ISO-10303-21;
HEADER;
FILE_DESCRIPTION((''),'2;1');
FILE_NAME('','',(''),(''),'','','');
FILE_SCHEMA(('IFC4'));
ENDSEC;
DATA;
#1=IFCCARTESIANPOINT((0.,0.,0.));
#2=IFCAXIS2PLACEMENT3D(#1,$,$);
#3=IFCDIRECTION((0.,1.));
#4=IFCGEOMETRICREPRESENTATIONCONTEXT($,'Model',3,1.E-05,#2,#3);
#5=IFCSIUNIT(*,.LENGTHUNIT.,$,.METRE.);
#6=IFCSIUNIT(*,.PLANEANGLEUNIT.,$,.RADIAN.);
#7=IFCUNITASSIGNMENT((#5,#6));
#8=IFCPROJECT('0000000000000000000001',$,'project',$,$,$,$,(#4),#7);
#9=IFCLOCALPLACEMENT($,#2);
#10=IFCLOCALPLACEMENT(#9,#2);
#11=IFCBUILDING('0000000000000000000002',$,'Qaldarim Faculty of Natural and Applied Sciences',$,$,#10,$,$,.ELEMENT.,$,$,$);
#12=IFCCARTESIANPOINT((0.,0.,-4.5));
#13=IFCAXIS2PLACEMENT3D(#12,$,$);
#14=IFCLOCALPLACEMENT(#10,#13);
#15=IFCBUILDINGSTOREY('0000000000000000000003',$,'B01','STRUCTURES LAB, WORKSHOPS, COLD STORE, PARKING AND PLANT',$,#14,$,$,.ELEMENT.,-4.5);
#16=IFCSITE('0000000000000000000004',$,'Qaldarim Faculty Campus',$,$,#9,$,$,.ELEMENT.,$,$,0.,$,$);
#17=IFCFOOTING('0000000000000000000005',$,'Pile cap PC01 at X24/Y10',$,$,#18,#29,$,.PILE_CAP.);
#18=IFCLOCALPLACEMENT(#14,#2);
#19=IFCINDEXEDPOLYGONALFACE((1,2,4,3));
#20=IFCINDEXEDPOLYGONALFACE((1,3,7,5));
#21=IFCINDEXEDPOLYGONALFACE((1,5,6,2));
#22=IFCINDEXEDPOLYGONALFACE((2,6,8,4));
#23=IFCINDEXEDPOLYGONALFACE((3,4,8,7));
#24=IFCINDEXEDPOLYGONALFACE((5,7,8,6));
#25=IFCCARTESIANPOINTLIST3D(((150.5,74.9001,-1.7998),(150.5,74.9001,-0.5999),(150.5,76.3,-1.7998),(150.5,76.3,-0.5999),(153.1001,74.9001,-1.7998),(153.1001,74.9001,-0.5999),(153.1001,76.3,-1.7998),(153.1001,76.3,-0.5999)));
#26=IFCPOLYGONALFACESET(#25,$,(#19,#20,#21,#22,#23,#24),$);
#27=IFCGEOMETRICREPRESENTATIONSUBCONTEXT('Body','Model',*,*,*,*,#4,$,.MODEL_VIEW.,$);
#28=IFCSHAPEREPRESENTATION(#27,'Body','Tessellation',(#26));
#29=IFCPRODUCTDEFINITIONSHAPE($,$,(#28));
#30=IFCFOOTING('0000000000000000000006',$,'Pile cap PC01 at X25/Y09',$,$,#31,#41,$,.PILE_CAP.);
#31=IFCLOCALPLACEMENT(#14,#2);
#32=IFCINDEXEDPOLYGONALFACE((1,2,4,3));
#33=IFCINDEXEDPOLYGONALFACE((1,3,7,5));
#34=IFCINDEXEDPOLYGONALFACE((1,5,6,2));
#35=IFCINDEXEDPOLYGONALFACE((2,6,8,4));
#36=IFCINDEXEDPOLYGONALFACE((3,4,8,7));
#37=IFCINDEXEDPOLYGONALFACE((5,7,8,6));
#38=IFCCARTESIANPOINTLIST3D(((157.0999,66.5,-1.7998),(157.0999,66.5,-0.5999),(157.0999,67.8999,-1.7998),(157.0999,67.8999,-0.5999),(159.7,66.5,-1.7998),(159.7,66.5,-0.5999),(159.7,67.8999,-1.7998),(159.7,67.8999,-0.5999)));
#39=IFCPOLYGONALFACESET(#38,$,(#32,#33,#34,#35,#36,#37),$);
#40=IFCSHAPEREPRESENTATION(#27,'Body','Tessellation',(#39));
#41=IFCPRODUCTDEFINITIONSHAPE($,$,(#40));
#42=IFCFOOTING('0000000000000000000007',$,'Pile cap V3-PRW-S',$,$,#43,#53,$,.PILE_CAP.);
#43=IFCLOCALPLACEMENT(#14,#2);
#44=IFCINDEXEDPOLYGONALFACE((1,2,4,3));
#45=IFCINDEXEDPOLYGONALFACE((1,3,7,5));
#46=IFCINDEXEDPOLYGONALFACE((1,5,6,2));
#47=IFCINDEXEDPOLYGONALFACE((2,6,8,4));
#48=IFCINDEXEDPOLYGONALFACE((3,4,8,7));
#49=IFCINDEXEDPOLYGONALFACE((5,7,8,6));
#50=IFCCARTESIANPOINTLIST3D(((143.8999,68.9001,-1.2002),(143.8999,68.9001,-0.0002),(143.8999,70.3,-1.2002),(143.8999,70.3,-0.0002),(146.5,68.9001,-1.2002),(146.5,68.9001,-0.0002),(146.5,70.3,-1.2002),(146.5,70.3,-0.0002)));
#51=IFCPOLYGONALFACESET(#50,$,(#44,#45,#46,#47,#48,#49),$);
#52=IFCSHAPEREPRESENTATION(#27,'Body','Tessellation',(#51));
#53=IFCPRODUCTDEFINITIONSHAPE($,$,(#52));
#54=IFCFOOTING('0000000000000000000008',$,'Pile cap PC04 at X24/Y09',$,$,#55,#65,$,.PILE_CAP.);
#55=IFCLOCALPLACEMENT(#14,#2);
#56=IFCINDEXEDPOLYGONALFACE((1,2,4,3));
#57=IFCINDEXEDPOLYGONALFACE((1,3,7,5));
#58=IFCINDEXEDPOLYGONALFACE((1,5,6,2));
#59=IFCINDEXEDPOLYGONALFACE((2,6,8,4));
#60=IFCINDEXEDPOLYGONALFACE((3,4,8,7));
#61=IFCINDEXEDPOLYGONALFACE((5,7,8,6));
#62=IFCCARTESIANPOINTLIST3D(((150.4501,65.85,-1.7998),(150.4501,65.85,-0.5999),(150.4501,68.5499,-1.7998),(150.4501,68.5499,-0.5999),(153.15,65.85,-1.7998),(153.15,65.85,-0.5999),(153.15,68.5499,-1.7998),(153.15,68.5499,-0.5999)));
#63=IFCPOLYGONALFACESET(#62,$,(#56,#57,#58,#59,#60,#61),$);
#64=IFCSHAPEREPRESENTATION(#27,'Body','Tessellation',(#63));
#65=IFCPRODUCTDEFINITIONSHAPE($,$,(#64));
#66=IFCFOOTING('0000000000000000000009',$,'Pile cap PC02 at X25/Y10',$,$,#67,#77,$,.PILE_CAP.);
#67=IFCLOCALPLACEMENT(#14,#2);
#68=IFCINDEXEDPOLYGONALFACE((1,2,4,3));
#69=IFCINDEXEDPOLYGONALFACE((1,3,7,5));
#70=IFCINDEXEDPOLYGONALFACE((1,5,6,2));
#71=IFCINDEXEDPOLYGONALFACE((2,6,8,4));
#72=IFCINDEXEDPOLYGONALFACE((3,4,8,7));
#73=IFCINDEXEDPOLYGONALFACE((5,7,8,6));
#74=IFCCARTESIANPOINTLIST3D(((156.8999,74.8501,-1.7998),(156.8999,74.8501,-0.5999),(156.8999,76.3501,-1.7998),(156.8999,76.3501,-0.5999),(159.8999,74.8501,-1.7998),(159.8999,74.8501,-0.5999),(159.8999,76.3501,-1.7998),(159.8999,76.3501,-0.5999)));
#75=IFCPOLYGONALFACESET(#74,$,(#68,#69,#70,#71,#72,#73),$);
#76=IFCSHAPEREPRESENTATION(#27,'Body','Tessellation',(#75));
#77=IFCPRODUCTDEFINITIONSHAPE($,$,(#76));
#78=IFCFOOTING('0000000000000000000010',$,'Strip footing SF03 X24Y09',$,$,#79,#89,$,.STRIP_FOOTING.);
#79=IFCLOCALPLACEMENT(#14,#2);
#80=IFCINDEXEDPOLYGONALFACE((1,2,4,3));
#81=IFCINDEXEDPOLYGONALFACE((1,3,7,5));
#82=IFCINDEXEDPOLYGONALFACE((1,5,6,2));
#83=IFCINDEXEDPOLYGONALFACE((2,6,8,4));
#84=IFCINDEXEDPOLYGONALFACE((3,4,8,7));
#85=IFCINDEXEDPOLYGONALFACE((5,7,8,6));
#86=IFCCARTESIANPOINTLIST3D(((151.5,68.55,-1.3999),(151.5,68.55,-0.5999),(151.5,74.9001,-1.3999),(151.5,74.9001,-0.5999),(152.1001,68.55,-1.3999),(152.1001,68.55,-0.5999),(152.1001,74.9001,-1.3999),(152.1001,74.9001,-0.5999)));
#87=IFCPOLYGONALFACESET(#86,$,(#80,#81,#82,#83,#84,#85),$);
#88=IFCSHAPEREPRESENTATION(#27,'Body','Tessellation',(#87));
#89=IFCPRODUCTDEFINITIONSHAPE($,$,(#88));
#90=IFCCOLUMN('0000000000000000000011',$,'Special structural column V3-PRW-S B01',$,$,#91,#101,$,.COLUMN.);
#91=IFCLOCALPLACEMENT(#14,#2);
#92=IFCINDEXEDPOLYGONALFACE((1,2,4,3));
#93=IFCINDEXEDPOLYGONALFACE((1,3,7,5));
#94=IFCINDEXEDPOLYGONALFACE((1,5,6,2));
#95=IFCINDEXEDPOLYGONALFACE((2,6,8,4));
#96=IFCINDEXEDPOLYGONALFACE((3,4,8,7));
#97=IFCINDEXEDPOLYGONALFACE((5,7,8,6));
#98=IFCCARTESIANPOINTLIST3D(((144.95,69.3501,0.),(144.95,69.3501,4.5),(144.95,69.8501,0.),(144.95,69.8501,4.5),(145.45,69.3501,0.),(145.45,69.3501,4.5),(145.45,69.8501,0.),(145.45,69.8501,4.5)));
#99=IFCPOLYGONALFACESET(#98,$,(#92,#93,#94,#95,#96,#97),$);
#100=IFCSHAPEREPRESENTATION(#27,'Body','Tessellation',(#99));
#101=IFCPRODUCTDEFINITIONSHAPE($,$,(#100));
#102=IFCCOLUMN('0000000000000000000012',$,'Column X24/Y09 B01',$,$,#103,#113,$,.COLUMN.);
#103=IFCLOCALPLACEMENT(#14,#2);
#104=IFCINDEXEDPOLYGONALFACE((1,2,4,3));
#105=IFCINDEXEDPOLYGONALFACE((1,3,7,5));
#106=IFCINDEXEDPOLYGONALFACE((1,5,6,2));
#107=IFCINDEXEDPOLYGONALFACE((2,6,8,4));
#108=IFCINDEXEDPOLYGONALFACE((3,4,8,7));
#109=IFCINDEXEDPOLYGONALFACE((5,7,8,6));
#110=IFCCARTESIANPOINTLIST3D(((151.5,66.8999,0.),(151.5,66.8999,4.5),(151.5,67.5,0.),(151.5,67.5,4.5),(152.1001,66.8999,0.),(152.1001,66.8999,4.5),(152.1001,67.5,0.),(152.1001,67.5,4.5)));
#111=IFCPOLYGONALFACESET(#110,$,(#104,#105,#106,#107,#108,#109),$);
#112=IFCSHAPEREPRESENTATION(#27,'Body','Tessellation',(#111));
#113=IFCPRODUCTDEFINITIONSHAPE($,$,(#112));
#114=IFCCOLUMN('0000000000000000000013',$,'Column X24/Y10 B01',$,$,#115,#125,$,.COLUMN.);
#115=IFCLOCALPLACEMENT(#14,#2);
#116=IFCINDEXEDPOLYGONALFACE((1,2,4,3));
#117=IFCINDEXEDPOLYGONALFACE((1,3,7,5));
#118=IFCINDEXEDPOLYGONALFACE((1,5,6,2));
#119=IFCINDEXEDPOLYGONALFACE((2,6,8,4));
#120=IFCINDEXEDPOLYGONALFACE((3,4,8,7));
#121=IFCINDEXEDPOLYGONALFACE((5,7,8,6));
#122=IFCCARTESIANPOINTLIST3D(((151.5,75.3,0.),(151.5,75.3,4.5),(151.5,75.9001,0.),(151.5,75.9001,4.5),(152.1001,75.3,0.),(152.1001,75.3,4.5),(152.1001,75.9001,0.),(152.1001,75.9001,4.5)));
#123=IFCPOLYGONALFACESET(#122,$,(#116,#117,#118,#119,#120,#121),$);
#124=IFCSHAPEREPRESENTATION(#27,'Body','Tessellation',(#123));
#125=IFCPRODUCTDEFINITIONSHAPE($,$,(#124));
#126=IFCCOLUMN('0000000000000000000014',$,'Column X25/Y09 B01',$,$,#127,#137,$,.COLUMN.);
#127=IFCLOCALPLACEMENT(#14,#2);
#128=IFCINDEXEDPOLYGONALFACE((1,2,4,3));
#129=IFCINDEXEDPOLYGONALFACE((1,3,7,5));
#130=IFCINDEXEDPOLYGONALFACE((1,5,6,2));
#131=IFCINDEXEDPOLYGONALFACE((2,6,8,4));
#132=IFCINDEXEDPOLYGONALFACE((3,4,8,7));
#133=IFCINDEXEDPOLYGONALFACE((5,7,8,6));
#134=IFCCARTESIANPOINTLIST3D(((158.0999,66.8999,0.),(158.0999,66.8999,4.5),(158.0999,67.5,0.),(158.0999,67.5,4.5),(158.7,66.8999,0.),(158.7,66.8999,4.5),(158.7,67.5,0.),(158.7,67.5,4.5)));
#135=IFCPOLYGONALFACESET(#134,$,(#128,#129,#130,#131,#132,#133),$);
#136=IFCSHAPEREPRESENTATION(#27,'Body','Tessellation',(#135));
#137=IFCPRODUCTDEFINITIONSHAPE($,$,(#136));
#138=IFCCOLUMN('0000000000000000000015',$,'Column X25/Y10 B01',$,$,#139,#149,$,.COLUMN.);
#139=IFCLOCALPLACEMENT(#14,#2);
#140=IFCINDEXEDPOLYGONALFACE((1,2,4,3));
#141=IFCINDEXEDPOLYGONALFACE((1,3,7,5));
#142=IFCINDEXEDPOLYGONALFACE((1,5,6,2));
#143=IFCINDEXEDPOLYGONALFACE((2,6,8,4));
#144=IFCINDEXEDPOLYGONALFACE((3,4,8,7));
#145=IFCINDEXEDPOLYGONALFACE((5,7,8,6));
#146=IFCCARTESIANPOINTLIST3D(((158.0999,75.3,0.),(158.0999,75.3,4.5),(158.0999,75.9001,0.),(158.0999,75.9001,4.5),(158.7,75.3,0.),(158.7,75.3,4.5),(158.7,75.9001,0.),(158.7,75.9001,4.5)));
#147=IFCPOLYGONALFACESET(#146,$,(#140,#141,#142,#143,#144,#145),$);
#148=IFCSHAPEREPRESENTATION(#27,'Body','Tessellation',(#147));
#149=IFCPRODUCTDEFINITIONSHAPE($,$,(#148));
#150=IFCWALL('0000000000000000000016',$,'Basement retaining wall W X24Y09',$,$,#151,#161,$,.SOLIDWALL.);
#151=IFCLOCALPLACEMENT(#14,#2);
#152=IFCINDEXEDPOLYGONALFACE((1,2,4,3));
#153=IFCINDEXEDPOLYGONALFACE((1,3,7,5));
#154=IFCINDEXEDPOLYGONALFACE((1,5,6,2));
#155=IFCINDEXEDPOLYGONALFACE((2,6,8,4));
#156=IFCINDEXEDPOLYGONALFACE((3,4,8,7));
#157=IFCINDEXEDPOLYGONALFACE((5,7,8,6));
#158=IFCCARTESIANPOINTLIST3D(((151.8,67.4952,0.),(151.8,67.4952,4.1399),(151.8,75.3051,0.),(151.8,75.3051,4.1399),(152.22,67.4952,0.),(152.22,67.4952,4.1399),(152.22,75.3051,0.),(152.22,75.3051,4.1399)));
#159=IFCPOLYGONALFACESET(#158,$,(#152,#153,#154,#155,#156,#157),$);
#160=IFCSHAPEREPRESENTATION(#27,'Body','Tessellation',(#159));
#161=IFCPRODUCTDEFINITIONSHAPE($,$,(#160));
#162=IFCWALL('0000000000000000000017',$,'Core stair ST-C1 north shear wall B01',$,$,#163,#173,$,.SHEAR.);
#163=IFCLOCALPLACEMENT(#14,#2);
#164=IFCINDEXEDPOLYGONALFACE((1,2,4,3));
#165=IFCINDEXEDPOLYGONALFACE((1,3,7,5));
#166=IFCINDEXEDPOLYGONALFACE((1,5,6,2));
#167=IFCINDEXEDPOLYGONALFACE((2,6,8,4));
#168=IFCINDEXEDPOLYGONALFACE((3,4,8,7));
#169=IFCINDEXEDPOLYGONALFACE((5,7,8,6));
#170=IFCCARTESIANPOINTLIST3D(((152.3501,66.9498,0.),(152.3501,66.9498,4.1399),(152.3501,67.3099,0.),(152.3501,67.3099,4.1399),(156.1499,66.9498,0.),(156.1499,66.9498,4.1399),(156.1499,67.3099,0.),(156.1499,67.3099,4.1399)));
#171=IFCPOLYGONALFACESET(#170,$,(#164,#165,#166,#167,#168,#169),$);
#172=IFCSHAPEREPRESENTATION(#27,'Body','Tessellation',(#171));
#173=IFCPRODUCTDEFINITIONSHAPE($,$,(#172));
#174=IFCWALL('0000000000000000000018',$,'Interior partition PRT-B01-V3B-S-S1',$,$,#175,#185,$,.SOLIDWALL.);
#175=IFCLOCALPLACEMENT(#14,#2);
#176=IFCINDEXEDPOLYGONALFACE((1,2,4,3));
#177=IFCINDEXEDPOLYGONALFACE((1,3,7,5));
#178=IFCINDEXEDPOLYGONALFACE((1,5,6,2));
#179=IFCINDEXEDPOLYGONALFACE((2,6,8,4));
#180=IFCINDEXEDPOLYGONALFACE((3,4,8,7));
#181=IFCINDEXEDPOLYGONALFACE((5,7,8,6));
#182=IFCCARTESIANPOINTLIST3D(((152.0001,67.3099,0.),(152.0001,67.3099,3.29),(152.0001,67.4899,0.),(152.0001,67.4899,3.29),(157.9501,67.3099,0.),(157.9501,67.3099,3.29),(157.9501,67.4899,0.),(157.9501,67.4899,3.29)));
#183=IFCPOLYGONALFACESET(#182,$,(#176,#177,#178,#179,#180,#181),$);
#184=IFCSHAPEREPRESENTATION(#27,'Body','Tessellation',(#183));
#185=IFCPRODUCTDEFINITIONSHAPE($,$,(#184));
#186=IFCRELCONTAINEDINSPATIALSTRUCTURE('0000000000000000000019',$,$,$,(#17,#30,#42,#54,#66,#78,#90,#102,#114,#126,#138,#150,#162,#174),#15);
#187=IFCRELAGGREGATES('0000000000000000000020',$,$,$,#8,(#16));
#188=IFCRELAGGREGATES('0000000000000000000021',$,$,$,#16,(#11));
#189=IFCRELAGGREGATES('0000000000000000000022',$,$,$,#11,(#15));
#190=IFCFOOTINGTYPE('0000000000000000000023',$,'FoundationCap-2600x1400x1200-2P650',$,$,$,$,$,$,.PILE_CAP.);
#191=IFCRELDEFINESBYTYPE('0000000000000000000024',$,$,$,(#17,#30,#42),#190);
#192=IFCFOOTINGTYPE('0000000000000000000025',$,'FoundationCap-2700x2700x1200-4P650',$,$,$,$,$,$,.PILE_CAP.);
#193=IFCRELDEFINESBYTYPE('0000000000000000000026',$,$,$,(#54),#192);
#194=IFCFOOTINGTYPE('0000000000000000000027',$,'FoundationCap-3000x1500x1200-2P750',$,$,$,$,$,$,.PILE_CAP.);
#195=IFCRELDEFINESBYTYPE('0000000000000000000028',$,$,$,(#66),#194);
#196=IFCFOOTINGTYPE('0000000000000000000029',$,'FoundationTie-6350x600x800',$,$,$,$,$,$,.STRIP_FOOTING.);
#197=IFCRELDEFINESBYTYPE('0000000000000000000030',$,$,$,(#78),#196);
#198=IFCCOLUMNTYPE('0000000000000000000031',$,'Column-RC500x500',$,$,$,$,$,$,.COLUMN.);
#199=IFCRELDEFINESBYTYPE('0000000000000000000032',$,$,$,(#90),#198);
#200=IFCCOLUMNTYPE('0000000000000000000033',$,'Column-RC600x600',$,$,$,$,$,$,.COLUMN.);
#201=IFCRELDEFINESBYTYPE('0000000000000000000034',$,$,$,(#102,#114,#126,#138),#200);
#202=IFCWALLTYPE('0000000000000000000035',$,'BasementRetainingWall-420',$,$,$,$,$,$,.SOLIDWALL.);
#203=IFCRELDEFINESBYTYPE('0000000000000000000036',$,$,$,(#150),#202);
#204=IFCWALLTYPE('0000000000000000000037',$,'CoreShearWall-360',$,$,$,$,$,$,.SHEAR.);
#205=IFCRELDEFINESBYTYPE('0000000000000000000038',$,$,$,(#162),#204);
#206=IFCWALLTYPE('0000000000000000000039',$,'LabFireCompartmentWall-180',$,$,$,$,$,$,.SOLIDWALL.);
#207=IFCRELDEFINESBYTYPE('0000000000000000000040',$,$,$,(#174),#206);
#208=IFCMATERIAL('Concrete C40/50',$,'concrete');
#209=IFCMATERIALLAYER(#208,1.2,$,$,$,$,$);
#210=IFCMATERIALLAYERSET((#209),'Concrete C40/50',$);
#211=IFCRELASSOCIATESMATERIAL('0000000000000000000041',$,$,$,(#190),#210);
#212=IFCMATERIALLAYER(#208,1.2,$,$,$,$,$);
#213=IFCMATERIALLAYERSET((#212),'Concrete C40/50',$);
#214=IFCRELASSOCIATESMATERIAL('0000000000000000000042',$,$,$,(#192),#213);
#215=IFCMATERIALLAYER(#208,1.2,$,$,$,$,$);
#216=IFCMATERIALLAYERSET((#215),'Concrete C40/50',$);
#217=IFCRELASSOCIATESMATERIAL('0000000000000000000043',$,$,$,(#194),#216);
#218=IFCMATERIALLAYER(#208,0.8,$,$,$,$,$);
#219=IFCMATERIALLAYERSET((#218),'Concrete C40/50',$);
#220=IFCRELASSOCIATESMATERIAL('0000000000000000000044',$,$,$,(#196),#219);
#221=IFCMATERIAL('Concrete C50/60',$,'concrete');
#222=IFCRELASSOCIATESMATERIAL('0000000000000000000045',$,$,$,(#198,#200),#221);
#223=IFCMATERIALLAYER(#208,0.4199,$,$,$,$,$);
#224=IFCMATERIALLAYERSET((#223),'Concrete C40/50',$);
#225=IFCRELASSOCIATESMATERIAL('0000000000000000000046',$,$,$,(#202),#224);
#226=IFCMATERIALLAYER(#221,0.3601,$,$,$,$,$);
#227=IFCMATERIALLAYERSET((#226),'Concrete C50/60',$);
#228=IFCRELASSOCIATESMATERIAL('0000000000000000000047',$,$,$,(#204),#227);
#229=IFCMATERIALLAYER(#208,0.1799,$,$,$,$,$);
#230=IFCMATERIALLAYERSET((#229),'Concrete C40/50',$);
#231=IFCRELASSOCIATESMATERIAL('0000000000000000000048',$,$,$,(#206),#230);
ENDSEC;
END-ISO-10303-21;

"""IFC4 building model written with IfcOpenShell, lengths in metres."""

from ifc_helpers import new_model, si_unit, direction, frame, frame_2d, origin, origin_2d, place, context, subcontext, project, spatial, rectangle, extrude, material, layer, layer_set, material_profile, profile_set, type_object, element, save


model = new_model("IFC4")

# Units and contexts
model_context = context("Model", 3, precision=1e-05, world=origin(), true_north=direction((0.0, 1.0)))
body_context = subcontext(model_context, "Body", "Model", "MODEL_VIEW")
ifc_project = project(units=[si_unit("LENGTHUNIT", "METRE"), si_unit("PLANEANGLEUNIT", "RADIAN")], contexts=[model_context])

# Site, building, storey
site_placement = place(None, origin())
site = spatial("IfcSite", under=ifc_project, at=site_placement, Name="Qaldarim Faculty Campus", CompositionType="ELEMENT", RefElevation=0.0)
building_placement = place(site_placement, origin())
building = spatial("IfcBuilding", under=site, at=building_placement, Name="Qaldarim Faculty of Natural and Applied Sciences", CompositionType="ELEMENT")
storey_placement = place(building_placement, frame((0.0, 0.0, -4.5)))
storey = spatial("IfcBuildingStorey", under=building, at=storey_placement, Name="B01", Description="STRUCTURES LAB, WORKSHOPS, COLD STORE, PARKING AND PLANT", CompositionType="ELEMENT", Elevation=-4.5)

# Shared definitions
ifc_material_1 = material(Name="Concrete C40/50", Category="concrete")

# Footings
ifc_layer_1 = layer(ifc_material_1, 1.2)
ifc_layer_set_1 = layer_set([ifc_layer_1], Name="Concrete C40/50")
footing_type_1 = type_object("IfcFootingType", Name="FoundationCap-2600x1400x1200-2P650", PredefinedType="PILE_CAP", material=ifc_layer_set_1)
for number, where, z_axis, x_axis, name in (
    (1, (151.8, 75.6001, -1.7998), (0.0, 0.0, 1.0), (1.0, 0.0, 0.0), "Pile cap PC01 at X24/Y10"),
    (2, (158.3999, 67.2, -1.7998), (0.0, 0.0, 1.0), (1.0, 0.0, 0.0), "Pile cap PC01 at X25/Y09"),
    (3, (145.2, 69.6001, -1.2002), (0.0, 0.0, 1.0), (1.0, 0.0, 0.0), "Pile cap V3-PRW-S"),
):
    element("IfcFooting", number, at=place(storey_placement, frame(where, z_axis=z_axis, x_axis=x_axis)), inside=storey, type_object=footing_type_1, Name=name, PredefinedType="PILE_CAP", context=body_context, shape_type="SweptSolid", body=[
        extrude(rectangle(XDim=2.6001, YDim=1.3999, at=origin_2d()), origin(), (0.0, 0.0, 1.0), 1.2),
    ])
ifc_layer_2 = layer(ifc_material_1, 1.2)
ifc_layer_set_2 = layer_set([ifc_layer_2], Name="Concrete C40/50")
footing_type_2 = type_object("IfcFootingType", Name="FoundationCap-2700x2700x1200-4P650", PredefinedType="PILE_CAP", material=ifc_layer_set_2)
footing_1_placement = place(storey_placement, frame((151.8, 67.2, -1.7998), z_axis=(0.0, 0.0, 1.0), x_axis=(1.0, 0.0, 0.0)))
element("IfcFooting", 4, at=footing_1_placement, inside=storey, type_object=footing_type_2, Name="Pile cap PC04 at X24/Y09", PredefinedType="PILE_CAP", context=body_context, shape_type="SweptSolid", body=[
    extrude(rectangle(XDim=2.7, YDim=2.7, at=origin_2d()), origin(), (0.0, 0.0, 1.0), 1.2),
])
ifc_layer_3 = layer(ifc_material_1, 1.2)
ifc_layer_set_3 = layer_set([ifc_layer_3], Name="Concrete C40/50")
footing_type_3 = type_object("IfcFootingType", Name="FoundationCap-3000x1500x1200-2P750", PredefinedType="PILE_CAP", material=ifc_layer_set_3)
footing_2_placement = place(storey_placement, frame((158.3999, 75.6001, -1.7998), z_axis=(0.0, 0.0, 1.0), x_axis=(1.0, 0.0, 0.0)))
element("IfcFooting", 5, at=footing_2_placement, inside=storey, type_object=footing_type_3, Name="Pile cap PC02 at X25/Y10", PredefinedType="PILE_CAP", context=body_context, shape_type="SweptSolid", body=[
    extrude(rectangle(XDim=3.0, YDim=1.5, at=origin_2d()), origin(), (0.0, 0.0, 1.0), 1.2),
])
ifc_layer_4 = layer(ifc_material_1, 0.8)
ifc_layer_set_4 = layer_set([ifc_layer_4], Name="Concrete C40/50")
footing_type_4 = type_object("IfcFootingType", Name="FoundationTie-6350x600x800", PredefinedType="STRIP_FOOTING", material=ifc_layer_set_4)
footing_3_placement = place(storey_placement, frame((151.8, 71.7251, -1.3999), z_axis=(0.0, 0.0, 1.0), x_axis=(0.0, 1.0, 0.0)))
element("IfcFooting", 6, at=footing_3_placement, inside=storey, type_object=footing_type_4, Name="Strip footing SF03 X24Y09", PredefinedType="STRIP_FOOTING", context=body_context, shape_type="SweptSolid", body=[
    extrude(rectangle(XDim=6.3501, YDim=0.6001, at=origin_2d()), origin(), (0.0, 0.0, 1.0), 0.8),
])

# Columns
ifc_material_2 = material(Name="Concrete C50/60", Category="concrete")
ifc_material_profile_1 = material_profile(ifc_material_2, rectangle(XDim=0.5, YDim=0.5, at=origin_2d()), Name="RC-C500x500")
ifc_profile_set_1 = profile_set([ifc_material_profile_1], Name="Concrete C50/60")
column_type_1 = type_object("IfcColumnType", Name="Column-RC500x500", PredefinedType="COLUMN", material=ifc_profile_set_1)
column_placement = place(storey_placement, frame((145.2, 69.6001, 0.0), z_axis=(0.0, 0.0, 1.0), x_axis=(1.0, 0.0, 0.0)))
element("IfcColumn", 7, at=column_placement, inside=storey, type_object=column_type_1, Name="Special structural column V3-PRW-S B01", PredefinedType="COLUMN", context=body_context, shape_type="SweptSolid", body=[
    extrude(rectangle(XDim=0.5, YDim=0.5, at=origin_2d()), origin(), (0.0, 0.0, 1.0), 4.5),
])
ifc_material_profile_2 = material_profile(ifc_material_2, rectangle(XDim=0.6001, YDim=0.6001, at=origin_2d()), Name="RC-C600x600")
ifc_profile_set_2 = profile_set([ifc_material_profile_2], Name="Concrete C50/60")
column_type_2 = type_object("IfcColumnType", Name="Column-RC600x600", PredefinedType="COLUMN", material=ifc_profile_set_2)
for number, where, z_axis, x_axis, name in (
    (8, (151.8, 67.2, 0.0), (0.0, 0.0, 1.0), (1.0, 0.0, 0.0), "Column X24/Y09 B01"),
    (9, (151.8, 75.6001, 0.0), (0.0, 0.0, 1.0), (1.0, 0.0, 0.0), "Column X24/Y10 B01"),
    (10, (158.3999, 67.2, 0.0), (0.0, 0.0, 1.0), (1.0, 0.0, 0.0), "Column X25/Y09 B01"),
    (11, (158.3999, 75.6001, 0.0), (0.0, 0.0, 1.0), (1.0, 0.0, 0.0), "Column X25/Y10 B01"),
):
    element("IfcColumn", number, at=place(storey_placement, frame(where, z_axis=z_axis, x_axis=x_axis)), inside=storey, type_object=column_type_2, Name=name, PredefinedType="COLUMN", context=body_context, shape_type="SweptSolid", body=[
        extrude(rectangle(XDim=0.6001, YDim=0.6001, at=origin_2d()), origin(), (0.0, 0.0, 1.0), 4.5),
    ])

# Walls
ifc_layer_5 = layer(ifc_material_1, 0.4199)
ifc_layer_set_5 = layer_set([ifc_layer_5], Name="Concrete C40/50")
wall_type_1 = type_object("IfcWallType", Name="BasementRetainingWall-420", PredefinedType="SOLIDWALL", material=ifc_layer_set_5)
wall_1_placement = place(storey_placement, frame((152.01, 75.3049, 0.0), z_axis=(0.0, 0.0, 1.0), x_axis=(0.0, -1.0, 0.0)))
element("IfcWall", 12, at=wall_1_placement, inside=storey, type_object=wall_type_1, Name="Basement retaining wall W X24Y09", PredefinedType="SOLIDWALL", context=body_context, shape_type="SweptSolid", body=[
    extrude(rectangle(XDim=7.8098, YDim=0.4199, at=frame_2d((3.9048, 0.0))), origin(), (0.0, 0.0, 1.0), 4.1399),
])
ifc_layer_6 = layer(ifc_material_2, 0.3601)
ifc_layer_set_6 = layer_set([ifc_layer_6], Name="Concrete C50/60")
wall_type_2 = type_object("IfcWallType", Name="CoreShearWall-360", PredefinedType="SHEAR", material=ifc_layer_set_6)
wall_2_placement = place(storey_placement, frame((152.3501, 67.1299, 0.0), z_axis=(0.0, 0.0, 1.0), x_axis=(1.0, 0.0, 0.0)))
element("IfcWall", 13, at=wall_2_placement, inside=storey, type_object=wall_type_2, Name="Core stair ST-C1 north shear wall B01", PredefinedType="SHEAR", context=body_context, shape_type="SweptSolid", body=[
    extrude(rectangle(XDim=3.7998, YDim=0.3601, at=frame_2d((1.8999, 0.0))), origin(), (0.0, 0.0, 1.0), 4.1399),
])
ifc_layer_7 = layer(ifc_material_1, 0.1799)
ifc_layer_set_7 = layer_set([ifc_layer_7], Name="Concrete C40/50")
wall_type_3 = type_object("IfcWallType", Name="LabFireCompartmentWall-180", PredefinedType="SOLIDWALL", material=ifc_layer_set_7)
wall_3_placement = place(storey_placement, frame((152.0, 67.3999, 0.0), z_axis=(0.0, 0.0, 1.0), x_axis=(1.0, 0.0, 0.0)))
element("IfcWall", 14, at=wall_3_placement, inside=storey, type_object=wall_type_3, Name="Interior partition PRT-B01-V3B-S-S1", PredefinedType="SOLIDWALL", context=body_context, shape_type="SweptSolid", body=[
    extrude(rectangle(XDim=5.95, YDim=0.1799, at=frame_2d((2.9751, 0.0))), origin(), (0.0, 0.0, 1.0), 3.29),
])

save(model, "model.ifc")
